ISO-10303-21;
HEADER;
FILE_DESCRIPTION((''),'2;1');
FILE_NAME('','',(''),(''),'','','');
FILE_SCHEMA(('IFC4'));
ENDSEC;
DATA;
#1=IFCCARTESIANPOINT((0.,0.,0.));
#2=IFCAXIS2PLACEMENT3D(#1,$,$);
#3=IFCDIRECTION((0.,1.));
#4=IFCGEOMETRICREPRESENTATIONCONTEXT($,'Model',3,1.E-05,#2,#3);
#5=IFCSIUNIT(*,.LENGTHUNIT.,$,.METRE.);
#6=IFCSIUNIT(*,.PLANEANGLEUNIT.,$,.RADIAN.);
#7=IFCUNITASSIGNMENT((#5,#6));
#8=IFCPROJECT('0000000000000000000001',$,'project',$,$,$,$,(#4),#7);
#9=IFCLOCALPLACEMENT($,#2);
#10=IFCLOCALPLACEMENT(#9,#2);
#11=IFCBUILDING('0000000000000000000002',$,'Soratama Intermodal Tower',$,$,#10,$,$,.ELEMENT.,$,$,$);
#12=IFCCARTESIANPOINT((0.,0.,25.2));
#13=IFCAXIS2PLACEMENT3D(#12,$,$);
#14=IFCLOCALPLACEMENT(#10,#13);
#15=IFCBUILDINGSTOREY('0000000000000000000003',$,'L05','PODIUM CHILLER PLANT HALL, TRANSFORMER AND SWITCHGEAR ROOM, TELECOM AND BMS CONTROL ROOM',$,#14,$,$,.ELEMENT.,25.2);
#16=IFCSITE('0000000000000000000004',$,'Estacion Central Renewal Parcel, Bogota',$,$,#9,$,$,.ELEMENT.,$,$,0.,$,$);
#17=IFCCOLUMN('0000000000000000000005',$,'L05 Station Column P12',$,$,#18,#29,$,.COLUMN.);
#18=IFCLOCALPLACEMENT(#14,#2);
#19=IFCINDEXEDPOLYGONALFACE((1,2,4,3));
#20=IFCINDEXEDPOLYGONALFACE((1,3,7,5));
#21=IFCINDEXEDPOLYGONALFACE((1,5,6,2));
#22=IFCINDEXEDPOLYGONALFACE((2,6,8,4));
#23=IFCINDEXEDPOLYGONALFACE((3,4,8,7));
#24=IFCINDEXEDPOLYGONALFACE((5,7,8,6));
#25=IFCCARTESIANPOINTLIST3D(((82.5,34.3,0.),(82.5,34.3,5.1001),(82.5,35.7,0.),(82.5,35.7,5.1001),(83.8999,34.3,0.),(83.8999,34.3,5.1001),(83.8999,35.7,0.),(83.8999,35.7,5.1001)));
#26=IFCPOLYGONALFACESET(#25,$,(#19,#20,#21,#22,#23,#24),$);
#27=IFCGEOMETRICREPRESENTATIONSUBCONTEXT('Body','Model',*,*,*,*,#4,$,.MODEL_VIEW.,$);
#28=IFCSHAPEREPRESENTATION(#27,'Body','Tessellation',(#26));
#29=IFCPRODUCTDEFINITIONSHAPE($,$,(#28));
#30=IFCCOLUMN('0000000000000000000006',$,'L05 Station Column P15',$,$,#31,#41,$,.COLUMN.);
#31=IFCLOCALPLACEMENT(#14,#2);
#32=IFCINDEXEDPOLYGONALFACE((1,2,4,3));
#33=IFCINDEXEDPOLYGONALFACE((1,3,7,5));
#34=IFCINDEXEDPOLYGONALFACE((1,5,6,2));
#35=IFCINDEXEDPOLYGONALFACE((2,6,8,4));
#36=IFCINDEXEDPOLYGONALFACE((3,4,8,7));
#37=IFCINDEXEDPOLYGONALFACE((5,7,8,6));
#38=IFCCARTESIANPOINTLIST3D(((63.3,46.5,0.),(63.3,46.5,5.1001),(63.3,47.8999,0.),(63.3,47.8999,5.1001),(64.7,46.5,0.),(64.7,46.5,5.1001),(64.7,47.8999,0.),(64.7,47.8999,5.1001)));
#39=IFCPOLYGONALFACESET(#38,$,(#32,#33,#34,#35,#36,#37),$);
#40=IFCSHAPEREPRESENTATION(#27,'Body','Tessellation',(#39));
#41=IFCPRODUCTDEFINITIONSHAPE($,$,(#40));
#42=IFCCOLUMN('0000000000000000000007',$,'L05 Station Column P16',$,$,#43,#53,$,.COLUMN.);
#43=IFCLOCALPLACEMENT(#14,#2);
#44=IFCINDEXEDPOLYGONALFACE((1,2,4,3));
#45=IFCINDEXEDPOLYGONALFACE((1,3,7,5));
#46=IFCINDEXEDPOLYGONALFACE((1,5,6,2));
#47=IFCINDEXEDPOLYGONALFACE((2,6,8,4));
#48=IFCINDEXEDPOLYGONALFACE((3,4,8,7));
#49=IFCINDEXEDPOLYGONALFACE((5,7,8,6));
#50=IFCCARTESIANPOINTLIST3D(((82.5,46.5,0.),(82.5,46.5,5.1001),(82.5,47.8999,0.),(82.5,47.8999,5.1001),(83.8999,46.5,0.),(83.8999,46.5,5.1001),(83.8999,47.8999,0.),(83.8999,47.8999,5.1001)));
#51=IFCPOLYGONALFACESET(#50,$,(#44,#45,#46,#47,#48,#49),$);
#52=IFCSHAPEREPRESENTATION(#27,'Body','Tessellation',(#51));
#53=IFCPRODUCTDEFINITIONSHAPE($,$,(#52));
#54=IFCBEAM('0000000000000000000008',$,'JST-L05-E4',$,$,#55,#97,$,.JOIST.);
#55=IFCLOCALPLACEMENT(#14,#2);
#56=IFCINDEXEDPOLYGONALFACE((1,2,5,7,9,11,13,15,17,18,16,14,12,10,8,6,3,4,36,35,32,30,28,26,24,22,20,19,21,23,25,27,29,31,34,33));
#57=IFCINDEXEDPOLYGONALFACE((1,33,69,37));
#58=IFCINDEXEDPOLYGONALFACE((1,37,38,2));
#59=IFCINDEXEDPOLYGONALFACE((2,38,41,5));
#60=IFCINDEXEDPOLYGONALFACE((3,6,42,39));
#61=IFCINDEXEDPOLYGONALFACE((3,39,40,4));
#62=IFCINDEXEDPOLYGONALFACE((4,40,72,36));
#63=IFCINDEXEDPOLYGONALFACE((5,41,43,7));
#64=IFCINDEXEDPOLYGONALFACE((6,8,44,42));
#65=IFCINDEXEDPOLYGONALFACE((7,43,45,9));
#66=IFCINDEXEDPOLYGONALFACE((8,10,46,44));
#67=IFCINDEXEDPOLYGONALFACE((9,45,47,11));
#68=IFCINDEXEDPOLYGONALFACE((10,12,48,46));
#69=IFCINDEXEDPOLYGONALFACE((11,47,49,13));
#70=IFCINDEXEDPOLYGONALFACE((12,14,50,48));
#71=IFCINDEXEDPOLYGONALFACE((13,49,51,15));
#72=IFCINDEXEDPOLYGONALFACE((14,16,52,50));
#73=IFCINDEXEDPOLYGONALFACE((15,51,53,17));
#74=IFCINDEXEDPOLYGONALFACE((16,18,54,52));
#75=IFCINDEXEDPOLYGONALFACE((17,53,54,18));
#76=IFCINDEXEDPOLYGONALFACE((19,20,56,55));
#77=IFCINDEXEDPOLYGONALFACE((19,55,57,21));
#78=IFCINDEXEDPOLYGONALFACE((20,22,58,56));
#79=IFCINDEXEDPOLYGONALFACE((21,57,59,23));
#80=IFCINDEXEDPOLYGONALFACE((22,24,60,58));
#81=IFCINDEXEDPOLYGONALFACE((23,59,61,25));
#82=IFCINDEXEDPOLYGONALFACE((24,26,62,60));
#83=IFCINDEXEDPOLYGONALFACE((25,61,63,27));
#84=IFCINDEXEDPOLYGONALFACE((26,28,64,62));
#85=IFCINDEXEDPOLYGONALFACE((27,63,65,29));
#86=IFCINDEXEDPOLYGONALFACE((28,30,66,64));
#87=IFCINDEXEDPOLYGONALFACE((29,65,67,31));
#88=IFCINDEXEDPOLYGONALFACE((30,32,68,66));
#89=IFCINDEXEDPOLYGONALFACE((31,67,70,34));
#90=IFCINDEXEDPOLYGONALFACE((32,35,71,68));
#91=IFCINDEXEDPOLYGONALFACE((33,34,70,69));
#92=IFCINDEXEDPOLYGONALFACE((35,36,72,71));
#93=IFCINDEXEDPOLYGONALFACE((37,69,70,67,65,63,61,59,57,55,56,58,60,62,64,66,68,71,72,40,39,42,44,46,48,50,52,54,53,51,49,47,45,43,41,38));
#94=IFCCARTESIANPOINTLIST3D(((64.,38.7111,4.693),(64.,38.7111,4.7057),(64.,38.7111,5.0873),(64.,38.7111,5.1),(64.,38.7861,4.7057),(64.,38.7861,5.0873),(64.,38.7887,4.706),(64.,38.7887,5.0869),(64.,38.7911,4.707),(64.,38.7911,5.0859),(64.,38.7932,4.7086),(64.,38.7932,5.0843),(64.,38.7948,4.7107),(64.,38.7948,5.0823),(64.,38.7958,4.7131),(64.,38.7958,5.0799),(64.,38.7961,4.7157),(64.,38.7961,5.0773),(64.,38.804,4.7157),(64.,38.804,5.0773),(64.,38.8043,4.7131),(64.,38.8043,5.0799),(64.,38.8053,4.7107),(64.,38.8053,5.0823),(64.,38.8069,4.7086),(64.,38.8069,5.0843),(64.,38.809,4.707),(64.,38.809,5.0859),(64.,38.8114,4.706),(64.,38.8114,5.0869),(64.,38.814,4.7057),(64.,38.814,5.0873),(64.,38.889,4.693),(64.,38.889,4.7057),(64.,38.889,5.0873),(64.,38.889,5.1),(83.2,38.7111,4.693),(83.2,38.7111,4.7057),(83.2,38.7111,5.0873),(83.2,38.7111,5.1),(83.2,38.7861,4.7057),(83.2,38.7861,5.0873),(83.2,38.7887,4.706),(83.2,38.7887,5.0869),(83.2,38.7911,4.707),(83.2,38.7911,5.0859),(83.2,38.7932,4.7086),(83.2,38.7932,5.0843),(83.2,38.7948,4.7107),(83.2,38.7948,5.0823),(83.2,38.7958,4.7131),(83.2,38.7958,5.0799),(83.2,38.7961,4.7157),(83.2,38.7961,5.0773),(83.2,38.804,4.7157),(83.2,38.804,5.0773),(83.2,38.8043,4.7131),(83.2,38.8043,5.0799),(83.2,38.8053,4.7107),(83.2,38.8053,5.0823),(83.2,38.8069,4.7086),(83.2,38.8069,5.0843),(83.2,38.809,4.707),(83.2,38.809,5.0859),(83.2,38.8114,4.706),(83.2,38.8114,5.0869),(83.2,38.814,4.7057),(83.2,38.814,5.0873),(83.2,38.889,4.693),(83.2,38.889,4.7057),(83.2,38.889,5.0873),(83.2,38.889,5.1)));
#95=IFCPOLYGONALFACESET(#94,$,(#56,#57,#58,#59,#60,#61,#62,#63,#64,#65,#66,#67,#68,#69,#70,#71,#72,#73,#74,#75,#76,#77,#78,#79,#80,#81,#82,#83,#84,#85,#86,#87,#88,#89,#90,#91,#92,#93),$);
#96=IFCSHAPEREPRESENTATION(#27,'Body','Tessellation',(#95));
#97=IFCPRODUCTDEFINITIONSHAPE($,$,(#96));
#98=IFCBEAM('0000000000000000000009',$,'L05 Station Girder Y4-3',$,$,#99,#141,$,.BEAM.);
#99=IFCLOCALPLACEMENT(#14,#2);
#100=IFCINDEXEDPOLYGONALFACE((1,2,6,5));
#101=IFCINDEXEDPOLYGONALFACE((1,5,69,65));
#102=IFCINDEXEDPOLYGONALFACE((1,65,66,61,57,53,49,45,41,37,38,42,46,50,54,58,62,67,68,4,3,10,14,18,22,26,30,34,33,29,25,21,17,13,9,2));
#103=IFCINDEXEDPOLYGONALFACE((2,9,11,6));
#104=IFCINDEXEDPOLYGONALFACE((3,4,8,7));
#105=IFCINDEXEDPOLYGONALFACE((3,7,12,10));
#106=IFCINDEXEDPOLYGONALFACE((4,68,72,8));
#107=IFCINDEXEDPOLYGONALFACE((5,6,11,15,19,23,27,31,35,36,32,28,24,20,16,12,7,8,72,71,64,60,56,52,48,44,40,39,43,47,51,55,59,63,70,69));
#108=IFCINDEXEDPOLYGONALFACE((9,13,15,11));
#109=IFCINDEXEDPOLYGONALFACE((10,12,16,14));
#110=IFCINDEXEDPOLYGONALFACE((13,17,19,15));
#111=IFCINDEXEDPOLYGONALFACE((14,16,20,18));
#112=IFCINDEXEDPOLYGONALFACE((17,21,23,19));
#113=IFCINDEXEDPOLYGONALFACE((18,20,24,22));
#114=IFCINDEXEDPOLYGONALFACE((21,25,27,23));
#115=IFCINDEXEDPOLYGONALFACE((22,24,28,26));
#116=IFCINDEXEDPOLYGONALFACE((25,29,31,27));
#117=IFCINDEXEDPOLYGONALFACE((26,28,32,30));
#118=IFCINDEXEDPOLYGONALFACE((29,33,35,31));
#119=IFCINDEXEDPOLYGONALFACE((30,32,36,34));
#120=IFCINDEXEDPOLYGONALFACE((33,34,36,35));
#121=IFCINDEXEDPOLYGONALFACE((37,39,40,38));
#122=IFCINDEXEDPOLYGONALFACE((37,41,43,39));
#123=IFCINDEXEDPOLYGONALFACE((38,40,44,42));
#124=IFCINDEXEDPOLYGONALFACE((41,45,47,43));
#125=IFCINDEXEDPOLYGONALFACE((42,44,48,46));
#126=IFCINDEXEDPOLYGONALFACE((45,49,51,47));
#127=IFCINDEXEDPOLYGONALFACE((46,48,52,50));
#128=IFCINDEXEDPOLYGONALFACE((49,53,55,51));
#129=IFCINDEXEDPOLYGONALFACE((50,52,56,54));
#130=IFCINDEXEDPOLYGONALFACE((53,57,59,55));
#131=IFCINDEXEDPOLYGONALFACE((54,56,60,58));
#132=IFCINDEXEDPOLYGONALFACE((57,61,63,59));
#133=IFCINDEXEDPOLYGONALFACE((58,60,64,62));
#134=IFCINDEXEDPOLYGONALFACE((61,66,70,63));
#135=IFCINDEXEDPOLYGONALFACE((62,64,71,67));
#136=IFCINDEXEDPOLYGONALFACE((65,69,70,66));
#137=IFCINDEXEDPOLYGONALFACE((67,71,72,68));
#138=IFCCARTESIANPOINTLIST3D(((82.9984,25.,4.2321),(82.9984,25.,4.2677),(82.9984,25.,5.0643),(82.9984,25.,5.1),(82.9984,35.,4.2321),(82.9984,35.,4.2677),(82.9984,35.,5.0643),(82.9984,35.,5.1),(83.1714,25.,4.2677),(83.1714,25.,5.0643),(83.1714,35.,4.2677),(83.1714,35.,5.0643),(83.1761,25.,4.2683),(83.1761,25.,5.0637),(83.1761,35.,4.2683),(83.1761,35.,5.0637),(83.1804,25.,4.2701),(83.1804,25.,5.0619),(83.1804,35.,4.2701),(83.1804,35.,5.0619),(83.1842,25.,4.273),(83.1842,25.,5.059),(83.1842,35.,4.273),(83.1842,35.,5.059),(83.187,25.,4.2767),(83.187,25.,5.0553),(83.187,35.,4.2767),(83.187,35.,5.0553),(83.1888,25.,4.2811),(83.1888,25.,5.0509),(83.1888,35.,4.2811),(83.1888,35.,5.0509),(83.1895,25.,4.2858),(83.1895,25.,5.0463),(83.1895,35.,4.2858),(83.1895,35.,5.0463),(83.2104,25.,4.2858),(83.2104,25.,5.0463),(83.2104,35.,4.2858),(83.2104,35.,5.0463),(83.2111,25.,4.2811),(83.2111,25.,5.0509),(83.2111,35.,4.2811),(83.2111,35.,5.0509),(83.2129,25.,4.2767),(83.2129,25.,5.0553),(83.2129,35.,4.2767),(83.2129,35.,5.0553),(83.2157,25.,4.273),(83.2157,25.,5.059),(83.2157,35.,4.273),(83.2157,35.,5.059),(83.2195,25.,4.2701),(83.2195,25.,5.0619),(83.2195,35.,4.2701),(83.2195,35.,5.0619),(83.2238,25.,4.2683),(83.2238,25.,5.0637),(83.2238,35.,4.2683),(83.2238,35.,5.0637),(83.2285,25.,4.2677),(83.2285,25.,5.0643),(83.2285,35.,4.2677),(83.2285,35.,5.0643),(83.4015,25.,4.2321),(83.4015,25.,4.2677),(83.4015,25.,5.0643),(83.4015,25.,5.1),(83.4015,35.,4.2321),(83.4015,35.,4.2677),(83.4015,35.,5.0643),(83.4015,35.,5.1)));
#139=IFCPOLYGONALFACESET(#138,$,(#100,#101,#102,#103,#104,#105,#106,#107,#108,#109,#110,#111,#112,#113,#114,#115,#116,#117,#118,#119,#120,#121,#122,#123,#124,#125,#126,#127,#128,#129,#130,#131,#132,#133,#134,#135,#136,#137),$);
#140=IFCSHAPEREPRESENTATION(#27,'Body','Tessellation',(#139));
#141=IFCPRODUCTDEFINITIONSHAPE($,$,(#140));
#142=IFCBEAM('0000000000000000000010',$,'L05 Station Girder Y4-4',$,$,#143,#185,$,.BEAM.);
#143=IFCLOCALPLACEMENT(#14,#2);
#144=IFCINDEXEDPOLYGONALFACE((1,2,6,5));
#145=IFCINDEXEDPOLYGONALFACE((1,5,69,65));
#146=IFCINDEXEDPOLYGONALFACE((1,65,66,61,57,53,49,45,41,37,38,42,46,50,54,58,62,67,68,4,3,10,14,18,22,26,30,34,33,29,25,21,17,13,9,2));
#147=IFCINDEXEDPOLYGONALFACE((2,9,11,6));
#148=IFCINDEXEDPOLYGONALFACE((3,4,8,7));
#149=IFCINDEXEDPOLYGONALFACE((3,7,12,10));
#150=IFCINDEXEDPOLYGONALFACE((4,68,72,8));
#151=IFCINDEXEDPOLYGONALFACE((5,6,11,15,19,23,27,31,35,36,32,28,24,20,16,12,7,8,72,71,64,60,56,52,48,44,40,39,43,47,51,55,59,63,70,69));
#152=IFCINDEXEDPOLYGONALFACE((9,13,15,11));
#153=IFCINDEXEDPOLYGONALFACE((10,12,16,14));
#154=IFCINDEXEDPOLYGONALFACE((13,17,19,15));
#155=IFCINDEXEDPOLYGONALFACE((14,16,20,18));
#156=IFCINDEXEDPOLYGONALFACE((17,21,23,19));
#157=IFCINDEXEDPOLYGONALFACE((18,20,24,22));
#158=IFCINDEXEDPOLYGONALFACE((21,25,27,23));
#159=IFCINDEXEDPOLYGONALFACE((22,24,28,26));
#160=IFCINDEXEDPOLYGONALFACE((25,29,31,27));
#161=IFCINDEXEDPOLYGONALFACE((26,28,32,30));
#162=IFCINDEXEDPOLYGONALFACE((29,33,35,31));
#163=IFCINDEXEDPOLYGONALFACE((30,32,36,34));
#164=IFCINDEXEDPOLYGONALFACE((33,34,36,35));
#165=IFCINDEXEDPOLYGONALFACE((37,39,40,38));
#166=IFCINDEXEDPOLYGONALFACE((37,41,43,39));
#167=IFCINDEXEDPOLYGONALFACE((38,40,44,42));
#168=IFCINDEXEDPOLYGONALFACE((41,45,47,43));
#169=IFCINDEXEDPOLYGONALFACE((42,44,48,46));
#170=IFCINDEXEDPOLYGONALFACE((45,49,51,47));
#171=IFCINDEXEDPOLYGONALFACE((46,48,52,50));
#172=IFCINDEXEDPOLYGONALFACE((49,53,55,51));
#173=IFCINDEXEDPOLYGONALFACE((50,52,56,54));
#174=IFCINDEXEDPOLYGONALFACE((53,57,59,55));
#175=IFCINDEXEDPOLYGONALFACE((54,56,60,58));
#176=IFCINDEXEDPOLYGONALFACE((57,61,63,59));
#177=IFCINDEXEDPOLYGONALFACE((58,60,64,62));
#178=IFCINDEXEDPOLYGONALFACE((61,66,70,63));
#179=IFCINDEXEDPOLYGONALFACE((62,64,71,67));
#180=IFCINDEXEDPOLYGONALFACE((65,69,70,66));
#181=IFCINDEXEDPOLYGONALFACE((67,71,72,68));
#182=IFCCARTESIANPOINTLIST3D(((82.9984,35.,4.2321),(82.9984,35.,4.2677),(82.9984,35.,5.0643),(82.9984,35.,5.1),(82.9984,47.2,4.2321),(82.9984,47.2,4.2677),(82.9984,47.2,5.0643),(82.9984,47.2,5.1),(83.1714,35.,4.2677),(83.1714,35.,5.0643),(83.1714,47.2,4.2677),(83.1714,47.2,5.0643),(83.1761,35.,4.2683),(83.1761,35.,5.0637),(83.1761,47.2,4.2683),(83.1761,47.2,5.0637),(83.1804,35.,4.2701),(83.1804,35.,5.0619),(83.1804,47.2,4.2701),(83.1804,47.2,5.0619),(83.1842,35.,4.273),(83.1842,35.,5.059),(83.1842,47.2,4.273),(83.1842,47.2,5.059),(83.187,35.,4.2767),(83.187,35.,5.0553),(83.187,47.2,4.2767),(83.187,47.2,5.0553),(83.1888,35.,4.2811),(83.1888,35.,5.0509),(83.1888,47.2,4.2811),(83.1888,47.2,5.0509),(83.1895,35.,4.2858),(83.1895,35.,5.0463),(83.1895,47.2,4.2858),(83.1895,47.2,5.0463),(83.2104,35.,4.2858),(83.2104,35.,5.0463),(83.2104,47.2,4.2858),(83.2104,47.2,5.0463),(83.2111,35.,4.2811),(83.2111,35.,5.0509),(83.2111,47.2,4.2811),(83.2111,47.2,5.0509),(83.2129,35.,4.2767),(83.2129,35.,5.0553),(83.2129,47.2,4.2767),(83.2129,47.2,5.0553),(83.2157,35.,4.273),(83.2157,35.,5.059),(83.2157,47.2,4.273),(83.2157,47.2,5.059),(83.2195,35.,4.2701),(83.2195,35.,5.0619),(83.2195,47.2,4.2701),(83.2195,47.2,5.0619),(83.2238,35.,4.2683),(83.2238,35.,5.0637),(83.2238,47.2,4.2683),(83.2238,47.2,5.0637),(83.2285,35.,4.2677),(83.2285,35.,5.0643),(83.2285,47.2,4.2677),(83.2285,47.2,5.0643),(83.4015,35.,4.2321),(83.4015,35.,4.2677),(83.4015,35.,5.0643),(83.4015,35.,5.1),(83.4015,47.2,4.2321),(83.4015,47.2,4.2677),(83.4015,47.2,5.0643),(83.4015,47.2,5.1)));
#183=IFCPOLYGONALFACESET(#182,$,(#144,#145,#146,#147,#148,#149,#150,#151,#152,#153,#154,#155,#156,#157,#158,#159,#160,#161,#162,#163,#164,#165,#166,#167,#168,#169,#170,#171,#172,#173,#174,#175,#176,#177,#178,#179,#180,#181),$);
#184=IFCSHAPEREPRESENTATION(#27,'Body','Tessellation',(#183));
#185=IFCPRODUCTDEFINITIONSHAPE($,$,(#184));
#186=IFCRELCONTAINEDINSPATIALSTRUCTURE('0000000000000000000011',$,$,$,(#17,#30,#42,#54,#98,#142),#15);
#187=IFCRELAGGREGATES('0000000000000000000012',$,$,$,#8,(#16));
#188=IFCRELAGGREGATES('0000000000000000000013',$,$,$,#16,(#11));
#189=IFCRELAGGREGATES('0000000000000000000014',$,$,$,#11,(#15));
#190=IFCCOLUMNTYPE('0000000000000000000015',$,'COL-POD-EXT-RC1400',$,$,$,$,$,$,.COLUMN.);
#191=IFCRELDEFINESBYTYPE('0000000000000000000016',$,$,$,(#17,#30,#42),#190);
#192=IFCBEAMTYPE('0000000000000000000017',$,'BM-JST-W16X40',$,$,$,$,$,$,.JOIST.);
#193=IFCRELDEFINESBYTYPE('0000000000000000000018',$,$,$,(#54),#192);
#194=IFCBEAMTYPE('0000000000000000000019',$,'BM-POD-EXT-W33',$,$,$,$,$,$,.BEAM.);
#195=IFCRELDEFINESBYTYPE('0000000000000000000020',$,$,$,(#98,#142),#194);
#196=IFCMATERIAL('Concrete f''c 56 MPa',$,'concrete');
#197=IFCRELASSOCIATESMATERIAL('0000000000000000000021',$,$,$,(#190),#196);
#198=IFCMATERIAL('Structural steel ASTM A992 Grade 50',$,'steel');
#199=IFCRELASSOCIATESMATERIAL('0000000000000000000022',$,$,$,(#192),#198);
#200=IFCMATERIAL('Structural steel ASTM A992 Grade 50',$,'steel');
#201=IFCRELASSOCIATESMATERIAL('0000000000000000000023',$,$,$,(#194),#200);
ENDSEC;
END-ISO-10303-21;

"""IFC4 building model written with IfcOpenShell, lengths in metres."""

from ifc_helpers import new_model, si_unit, direction, frame, origin, origin_2d, place, context, subcontext, project, spatial, rectangle, i_section, extrude, material, material_profile, profile_set, type_object, element, save


model = new_model("IFC4")

# Units and contexts
model_context = context("Model", 3, precision=1e-05, world=origin(), true_north=direction((0.0, 1.0)))
body_context = subcontext(model_context, "Body", "Model", "MODEL_VIEW")
ifc_project = project(units=[si_unit("LENGTHUNIT", "METRE"), si_unit("PLANEANGLEUNIT", "RADIAN")], contexts=[model_context])

# Site, building, storey
site_placement = place(None, origin())
site = spatial("IfcSite", under=ifc_project, at=site_placement, Name="Estacion Central Renewal Parcel, Bogota", CompositionType="ELEMENT", RefElevation=0.0)
building_placement = place(site_placement, origin())
building = spatial("IfcBuilding", under=site, at=building_placement, Name="Soratama Intermodal Tower", CompositionType="ELEMENT")
storey_placement = place(building_placement, frame((0.0, 0.0, 25.2)))
storey = spatial("IfcBuildingStorey", under=building, at=storey_placement, Name="L05", Description="PODIUM CHILLER PLANT HALL, TRANSFORMER AND SWITCHGEAR ROOM, TELECOM AND BMS CONTROL ROOM", CompositionType="ELEMENT", Elevation=25.2)

# Columns
ifc_material_1 = material(Name="Concrete f'c 56 MPa", Category="concrete")
ifc_material_profile_1 = material_profile(ifc_material_1, rectangle(XDim=1.3999, YDim=1.3999, at=origin_2d()), Name="RC1400X1400")
ifc_profile_set_1 = profile_set([ifc_material_profile_1], Name="Concrete f'c 56 MPa")
column_type = type_object("IfcColumnType", Name="COL-POD-EXT-RC1400", PredefinedType="COLUMN", material=ifc_profile_set_1)
for number, where, z_axis, x_axis, name in (
    (1, (83.2, 35.0, 0.0), (0.0, 0.0, 1.0), (1.0, 0.0, 0.0), "L05 Station Column P12"),
    (2, (64.0, 47.2, 0.0), (0.0, 0.0, 1.0), (1.0, 0.0, 0.0), "L05 Station Column P15"),
    (3, (83.2, 47.2, 0.0), (0.0, 0.0, 1.0), (1.0, 0.0, 0.0), "L05 Station Column P16"),
):
    element("IfcColumn", number, at=place(storey_placement, frame(where, z_axis=z_axis, x_axis=x_axis)), inside=storey, type_object=column_type, Name=name, PredefinedType="COLUMN", context=body_context, shape_type="SweptSolid", body=[
        extrude(rectangle(XDim=1.3999, YDim=1.3999, at=origin_2d()), origin(), (0.0, 0.0, 1.0), 5.1001),
    ])

# Beams
ifc_material_2 = material(Name="Structural steel ASTM A992 Grade 50", Category="steel")
ifc_material_profile_2 = material_profile(ifc_material_2, i_section(OverallWidth=0.178, OverallDepth=0.407, WebThickness=0.0078, FlangeThickness=0.0127, FilletRadius=0.01, at=origin_2d()), Name="W16X40")
ifc_profile_set_2 = profile_set([ifc_material_profile_2], Name="Structural steel ASTM A992 Grade 50")
beam_type_1 = type_object("IfcBeamType", Name="BM-JST-W16X40", PredefinedType="JOIST", material=ifc_profile_set_2)
beam_1_placement = place(storey_placement, frame((64.0, 38.8, 4.8965), z_axis=(1.0, 0.0, 0.0), x_axis=(0.0, 1.0, 0.0)))
element("IfcBeam", 4, at=beam_1_placement, inside=storey, type_object=beam_type_1, Name="JST-L05-E4", PredefinedType="JOIST", context=body_context, shape_type="SweptSolid", body=[
    extrude(i_section(OverallWidth=0.178, OverallDepth=0.407, WebThickness=0.0078, FlangeThickness=0.0127, FilletRadius=0.01, at=origin_2d()), origin(), (0.0, 0.0, 1.0), 19.2),
])
ifc_material_3 = material(Name="Structural steel ASTM A992 Grade 50", Category="steel")
ifc_material_profile_3 = material_profile(ifc_material_3, i_section(OverallWidth=0.4031, OverallDepth=0.8679, WebThickness=0.021, FlangeThickness=0.0356, FilletRadius=0.0181, at=origin_2d()), Name="W33X241")
ifc_profile_set_3 = profile_set([ifc_material_profile_3], Name="Structural steel ASTM A992 Grade 50")
beam_type_2 = type_object("IfcBeamType", Name="BM-POD-EXT-W33", PredefinedType="BEAM", material=ifc_profile_set_3)
beam_2_placement = place(storey_placement, frame((83.2, 25.0, 4.666), z_axis=(0.0, 1.0, 0.0), x_axis=(-1.0, 0.0, 0.0)))
element("IfcBeam", 5, at=beam_2_placement, inside=storey, type_object=beam_type_2, Name="L05 Station Girder Y4-3", PredefinedType="BEAM", context=body_context, shape_type="SweptSolid", body=[
    extrude(i_section(OverallWidth=0.4031, OverallDepth=0.8679, WebThickness=0.021, FlangeThickness=0.0356, FilletRadius=0.0181, at=origin_2d()), origin(), (0.0, 0.0, 1.0), 10.0),
])
beam_3_placement = place(storey_placement, frame((83.2, 35.0, 4.666), z_axis=(0.0, 1.0, 0.0), x_axis=(-1.0, 0.0, 0.0)))
element("IfcBeam", 6, at=beam_3_placement, inside=storey, type_object=beam_type_2, Name="L05 Station Girder Y4-4", PredefinedType="BEAM", context=body_context, shape_type="SweptSolid", body=[
    extrude(i_section(OverallWidth=0.4031, OverallDepth=0.8679, WebThickness=0.021, FlangeThickness=0.0356, FilletRadius=0.0181, at=origin_2d()), origin(), (0.0, 0.0, 1.0), 12.2),
])

save(model, "model.ifc")
